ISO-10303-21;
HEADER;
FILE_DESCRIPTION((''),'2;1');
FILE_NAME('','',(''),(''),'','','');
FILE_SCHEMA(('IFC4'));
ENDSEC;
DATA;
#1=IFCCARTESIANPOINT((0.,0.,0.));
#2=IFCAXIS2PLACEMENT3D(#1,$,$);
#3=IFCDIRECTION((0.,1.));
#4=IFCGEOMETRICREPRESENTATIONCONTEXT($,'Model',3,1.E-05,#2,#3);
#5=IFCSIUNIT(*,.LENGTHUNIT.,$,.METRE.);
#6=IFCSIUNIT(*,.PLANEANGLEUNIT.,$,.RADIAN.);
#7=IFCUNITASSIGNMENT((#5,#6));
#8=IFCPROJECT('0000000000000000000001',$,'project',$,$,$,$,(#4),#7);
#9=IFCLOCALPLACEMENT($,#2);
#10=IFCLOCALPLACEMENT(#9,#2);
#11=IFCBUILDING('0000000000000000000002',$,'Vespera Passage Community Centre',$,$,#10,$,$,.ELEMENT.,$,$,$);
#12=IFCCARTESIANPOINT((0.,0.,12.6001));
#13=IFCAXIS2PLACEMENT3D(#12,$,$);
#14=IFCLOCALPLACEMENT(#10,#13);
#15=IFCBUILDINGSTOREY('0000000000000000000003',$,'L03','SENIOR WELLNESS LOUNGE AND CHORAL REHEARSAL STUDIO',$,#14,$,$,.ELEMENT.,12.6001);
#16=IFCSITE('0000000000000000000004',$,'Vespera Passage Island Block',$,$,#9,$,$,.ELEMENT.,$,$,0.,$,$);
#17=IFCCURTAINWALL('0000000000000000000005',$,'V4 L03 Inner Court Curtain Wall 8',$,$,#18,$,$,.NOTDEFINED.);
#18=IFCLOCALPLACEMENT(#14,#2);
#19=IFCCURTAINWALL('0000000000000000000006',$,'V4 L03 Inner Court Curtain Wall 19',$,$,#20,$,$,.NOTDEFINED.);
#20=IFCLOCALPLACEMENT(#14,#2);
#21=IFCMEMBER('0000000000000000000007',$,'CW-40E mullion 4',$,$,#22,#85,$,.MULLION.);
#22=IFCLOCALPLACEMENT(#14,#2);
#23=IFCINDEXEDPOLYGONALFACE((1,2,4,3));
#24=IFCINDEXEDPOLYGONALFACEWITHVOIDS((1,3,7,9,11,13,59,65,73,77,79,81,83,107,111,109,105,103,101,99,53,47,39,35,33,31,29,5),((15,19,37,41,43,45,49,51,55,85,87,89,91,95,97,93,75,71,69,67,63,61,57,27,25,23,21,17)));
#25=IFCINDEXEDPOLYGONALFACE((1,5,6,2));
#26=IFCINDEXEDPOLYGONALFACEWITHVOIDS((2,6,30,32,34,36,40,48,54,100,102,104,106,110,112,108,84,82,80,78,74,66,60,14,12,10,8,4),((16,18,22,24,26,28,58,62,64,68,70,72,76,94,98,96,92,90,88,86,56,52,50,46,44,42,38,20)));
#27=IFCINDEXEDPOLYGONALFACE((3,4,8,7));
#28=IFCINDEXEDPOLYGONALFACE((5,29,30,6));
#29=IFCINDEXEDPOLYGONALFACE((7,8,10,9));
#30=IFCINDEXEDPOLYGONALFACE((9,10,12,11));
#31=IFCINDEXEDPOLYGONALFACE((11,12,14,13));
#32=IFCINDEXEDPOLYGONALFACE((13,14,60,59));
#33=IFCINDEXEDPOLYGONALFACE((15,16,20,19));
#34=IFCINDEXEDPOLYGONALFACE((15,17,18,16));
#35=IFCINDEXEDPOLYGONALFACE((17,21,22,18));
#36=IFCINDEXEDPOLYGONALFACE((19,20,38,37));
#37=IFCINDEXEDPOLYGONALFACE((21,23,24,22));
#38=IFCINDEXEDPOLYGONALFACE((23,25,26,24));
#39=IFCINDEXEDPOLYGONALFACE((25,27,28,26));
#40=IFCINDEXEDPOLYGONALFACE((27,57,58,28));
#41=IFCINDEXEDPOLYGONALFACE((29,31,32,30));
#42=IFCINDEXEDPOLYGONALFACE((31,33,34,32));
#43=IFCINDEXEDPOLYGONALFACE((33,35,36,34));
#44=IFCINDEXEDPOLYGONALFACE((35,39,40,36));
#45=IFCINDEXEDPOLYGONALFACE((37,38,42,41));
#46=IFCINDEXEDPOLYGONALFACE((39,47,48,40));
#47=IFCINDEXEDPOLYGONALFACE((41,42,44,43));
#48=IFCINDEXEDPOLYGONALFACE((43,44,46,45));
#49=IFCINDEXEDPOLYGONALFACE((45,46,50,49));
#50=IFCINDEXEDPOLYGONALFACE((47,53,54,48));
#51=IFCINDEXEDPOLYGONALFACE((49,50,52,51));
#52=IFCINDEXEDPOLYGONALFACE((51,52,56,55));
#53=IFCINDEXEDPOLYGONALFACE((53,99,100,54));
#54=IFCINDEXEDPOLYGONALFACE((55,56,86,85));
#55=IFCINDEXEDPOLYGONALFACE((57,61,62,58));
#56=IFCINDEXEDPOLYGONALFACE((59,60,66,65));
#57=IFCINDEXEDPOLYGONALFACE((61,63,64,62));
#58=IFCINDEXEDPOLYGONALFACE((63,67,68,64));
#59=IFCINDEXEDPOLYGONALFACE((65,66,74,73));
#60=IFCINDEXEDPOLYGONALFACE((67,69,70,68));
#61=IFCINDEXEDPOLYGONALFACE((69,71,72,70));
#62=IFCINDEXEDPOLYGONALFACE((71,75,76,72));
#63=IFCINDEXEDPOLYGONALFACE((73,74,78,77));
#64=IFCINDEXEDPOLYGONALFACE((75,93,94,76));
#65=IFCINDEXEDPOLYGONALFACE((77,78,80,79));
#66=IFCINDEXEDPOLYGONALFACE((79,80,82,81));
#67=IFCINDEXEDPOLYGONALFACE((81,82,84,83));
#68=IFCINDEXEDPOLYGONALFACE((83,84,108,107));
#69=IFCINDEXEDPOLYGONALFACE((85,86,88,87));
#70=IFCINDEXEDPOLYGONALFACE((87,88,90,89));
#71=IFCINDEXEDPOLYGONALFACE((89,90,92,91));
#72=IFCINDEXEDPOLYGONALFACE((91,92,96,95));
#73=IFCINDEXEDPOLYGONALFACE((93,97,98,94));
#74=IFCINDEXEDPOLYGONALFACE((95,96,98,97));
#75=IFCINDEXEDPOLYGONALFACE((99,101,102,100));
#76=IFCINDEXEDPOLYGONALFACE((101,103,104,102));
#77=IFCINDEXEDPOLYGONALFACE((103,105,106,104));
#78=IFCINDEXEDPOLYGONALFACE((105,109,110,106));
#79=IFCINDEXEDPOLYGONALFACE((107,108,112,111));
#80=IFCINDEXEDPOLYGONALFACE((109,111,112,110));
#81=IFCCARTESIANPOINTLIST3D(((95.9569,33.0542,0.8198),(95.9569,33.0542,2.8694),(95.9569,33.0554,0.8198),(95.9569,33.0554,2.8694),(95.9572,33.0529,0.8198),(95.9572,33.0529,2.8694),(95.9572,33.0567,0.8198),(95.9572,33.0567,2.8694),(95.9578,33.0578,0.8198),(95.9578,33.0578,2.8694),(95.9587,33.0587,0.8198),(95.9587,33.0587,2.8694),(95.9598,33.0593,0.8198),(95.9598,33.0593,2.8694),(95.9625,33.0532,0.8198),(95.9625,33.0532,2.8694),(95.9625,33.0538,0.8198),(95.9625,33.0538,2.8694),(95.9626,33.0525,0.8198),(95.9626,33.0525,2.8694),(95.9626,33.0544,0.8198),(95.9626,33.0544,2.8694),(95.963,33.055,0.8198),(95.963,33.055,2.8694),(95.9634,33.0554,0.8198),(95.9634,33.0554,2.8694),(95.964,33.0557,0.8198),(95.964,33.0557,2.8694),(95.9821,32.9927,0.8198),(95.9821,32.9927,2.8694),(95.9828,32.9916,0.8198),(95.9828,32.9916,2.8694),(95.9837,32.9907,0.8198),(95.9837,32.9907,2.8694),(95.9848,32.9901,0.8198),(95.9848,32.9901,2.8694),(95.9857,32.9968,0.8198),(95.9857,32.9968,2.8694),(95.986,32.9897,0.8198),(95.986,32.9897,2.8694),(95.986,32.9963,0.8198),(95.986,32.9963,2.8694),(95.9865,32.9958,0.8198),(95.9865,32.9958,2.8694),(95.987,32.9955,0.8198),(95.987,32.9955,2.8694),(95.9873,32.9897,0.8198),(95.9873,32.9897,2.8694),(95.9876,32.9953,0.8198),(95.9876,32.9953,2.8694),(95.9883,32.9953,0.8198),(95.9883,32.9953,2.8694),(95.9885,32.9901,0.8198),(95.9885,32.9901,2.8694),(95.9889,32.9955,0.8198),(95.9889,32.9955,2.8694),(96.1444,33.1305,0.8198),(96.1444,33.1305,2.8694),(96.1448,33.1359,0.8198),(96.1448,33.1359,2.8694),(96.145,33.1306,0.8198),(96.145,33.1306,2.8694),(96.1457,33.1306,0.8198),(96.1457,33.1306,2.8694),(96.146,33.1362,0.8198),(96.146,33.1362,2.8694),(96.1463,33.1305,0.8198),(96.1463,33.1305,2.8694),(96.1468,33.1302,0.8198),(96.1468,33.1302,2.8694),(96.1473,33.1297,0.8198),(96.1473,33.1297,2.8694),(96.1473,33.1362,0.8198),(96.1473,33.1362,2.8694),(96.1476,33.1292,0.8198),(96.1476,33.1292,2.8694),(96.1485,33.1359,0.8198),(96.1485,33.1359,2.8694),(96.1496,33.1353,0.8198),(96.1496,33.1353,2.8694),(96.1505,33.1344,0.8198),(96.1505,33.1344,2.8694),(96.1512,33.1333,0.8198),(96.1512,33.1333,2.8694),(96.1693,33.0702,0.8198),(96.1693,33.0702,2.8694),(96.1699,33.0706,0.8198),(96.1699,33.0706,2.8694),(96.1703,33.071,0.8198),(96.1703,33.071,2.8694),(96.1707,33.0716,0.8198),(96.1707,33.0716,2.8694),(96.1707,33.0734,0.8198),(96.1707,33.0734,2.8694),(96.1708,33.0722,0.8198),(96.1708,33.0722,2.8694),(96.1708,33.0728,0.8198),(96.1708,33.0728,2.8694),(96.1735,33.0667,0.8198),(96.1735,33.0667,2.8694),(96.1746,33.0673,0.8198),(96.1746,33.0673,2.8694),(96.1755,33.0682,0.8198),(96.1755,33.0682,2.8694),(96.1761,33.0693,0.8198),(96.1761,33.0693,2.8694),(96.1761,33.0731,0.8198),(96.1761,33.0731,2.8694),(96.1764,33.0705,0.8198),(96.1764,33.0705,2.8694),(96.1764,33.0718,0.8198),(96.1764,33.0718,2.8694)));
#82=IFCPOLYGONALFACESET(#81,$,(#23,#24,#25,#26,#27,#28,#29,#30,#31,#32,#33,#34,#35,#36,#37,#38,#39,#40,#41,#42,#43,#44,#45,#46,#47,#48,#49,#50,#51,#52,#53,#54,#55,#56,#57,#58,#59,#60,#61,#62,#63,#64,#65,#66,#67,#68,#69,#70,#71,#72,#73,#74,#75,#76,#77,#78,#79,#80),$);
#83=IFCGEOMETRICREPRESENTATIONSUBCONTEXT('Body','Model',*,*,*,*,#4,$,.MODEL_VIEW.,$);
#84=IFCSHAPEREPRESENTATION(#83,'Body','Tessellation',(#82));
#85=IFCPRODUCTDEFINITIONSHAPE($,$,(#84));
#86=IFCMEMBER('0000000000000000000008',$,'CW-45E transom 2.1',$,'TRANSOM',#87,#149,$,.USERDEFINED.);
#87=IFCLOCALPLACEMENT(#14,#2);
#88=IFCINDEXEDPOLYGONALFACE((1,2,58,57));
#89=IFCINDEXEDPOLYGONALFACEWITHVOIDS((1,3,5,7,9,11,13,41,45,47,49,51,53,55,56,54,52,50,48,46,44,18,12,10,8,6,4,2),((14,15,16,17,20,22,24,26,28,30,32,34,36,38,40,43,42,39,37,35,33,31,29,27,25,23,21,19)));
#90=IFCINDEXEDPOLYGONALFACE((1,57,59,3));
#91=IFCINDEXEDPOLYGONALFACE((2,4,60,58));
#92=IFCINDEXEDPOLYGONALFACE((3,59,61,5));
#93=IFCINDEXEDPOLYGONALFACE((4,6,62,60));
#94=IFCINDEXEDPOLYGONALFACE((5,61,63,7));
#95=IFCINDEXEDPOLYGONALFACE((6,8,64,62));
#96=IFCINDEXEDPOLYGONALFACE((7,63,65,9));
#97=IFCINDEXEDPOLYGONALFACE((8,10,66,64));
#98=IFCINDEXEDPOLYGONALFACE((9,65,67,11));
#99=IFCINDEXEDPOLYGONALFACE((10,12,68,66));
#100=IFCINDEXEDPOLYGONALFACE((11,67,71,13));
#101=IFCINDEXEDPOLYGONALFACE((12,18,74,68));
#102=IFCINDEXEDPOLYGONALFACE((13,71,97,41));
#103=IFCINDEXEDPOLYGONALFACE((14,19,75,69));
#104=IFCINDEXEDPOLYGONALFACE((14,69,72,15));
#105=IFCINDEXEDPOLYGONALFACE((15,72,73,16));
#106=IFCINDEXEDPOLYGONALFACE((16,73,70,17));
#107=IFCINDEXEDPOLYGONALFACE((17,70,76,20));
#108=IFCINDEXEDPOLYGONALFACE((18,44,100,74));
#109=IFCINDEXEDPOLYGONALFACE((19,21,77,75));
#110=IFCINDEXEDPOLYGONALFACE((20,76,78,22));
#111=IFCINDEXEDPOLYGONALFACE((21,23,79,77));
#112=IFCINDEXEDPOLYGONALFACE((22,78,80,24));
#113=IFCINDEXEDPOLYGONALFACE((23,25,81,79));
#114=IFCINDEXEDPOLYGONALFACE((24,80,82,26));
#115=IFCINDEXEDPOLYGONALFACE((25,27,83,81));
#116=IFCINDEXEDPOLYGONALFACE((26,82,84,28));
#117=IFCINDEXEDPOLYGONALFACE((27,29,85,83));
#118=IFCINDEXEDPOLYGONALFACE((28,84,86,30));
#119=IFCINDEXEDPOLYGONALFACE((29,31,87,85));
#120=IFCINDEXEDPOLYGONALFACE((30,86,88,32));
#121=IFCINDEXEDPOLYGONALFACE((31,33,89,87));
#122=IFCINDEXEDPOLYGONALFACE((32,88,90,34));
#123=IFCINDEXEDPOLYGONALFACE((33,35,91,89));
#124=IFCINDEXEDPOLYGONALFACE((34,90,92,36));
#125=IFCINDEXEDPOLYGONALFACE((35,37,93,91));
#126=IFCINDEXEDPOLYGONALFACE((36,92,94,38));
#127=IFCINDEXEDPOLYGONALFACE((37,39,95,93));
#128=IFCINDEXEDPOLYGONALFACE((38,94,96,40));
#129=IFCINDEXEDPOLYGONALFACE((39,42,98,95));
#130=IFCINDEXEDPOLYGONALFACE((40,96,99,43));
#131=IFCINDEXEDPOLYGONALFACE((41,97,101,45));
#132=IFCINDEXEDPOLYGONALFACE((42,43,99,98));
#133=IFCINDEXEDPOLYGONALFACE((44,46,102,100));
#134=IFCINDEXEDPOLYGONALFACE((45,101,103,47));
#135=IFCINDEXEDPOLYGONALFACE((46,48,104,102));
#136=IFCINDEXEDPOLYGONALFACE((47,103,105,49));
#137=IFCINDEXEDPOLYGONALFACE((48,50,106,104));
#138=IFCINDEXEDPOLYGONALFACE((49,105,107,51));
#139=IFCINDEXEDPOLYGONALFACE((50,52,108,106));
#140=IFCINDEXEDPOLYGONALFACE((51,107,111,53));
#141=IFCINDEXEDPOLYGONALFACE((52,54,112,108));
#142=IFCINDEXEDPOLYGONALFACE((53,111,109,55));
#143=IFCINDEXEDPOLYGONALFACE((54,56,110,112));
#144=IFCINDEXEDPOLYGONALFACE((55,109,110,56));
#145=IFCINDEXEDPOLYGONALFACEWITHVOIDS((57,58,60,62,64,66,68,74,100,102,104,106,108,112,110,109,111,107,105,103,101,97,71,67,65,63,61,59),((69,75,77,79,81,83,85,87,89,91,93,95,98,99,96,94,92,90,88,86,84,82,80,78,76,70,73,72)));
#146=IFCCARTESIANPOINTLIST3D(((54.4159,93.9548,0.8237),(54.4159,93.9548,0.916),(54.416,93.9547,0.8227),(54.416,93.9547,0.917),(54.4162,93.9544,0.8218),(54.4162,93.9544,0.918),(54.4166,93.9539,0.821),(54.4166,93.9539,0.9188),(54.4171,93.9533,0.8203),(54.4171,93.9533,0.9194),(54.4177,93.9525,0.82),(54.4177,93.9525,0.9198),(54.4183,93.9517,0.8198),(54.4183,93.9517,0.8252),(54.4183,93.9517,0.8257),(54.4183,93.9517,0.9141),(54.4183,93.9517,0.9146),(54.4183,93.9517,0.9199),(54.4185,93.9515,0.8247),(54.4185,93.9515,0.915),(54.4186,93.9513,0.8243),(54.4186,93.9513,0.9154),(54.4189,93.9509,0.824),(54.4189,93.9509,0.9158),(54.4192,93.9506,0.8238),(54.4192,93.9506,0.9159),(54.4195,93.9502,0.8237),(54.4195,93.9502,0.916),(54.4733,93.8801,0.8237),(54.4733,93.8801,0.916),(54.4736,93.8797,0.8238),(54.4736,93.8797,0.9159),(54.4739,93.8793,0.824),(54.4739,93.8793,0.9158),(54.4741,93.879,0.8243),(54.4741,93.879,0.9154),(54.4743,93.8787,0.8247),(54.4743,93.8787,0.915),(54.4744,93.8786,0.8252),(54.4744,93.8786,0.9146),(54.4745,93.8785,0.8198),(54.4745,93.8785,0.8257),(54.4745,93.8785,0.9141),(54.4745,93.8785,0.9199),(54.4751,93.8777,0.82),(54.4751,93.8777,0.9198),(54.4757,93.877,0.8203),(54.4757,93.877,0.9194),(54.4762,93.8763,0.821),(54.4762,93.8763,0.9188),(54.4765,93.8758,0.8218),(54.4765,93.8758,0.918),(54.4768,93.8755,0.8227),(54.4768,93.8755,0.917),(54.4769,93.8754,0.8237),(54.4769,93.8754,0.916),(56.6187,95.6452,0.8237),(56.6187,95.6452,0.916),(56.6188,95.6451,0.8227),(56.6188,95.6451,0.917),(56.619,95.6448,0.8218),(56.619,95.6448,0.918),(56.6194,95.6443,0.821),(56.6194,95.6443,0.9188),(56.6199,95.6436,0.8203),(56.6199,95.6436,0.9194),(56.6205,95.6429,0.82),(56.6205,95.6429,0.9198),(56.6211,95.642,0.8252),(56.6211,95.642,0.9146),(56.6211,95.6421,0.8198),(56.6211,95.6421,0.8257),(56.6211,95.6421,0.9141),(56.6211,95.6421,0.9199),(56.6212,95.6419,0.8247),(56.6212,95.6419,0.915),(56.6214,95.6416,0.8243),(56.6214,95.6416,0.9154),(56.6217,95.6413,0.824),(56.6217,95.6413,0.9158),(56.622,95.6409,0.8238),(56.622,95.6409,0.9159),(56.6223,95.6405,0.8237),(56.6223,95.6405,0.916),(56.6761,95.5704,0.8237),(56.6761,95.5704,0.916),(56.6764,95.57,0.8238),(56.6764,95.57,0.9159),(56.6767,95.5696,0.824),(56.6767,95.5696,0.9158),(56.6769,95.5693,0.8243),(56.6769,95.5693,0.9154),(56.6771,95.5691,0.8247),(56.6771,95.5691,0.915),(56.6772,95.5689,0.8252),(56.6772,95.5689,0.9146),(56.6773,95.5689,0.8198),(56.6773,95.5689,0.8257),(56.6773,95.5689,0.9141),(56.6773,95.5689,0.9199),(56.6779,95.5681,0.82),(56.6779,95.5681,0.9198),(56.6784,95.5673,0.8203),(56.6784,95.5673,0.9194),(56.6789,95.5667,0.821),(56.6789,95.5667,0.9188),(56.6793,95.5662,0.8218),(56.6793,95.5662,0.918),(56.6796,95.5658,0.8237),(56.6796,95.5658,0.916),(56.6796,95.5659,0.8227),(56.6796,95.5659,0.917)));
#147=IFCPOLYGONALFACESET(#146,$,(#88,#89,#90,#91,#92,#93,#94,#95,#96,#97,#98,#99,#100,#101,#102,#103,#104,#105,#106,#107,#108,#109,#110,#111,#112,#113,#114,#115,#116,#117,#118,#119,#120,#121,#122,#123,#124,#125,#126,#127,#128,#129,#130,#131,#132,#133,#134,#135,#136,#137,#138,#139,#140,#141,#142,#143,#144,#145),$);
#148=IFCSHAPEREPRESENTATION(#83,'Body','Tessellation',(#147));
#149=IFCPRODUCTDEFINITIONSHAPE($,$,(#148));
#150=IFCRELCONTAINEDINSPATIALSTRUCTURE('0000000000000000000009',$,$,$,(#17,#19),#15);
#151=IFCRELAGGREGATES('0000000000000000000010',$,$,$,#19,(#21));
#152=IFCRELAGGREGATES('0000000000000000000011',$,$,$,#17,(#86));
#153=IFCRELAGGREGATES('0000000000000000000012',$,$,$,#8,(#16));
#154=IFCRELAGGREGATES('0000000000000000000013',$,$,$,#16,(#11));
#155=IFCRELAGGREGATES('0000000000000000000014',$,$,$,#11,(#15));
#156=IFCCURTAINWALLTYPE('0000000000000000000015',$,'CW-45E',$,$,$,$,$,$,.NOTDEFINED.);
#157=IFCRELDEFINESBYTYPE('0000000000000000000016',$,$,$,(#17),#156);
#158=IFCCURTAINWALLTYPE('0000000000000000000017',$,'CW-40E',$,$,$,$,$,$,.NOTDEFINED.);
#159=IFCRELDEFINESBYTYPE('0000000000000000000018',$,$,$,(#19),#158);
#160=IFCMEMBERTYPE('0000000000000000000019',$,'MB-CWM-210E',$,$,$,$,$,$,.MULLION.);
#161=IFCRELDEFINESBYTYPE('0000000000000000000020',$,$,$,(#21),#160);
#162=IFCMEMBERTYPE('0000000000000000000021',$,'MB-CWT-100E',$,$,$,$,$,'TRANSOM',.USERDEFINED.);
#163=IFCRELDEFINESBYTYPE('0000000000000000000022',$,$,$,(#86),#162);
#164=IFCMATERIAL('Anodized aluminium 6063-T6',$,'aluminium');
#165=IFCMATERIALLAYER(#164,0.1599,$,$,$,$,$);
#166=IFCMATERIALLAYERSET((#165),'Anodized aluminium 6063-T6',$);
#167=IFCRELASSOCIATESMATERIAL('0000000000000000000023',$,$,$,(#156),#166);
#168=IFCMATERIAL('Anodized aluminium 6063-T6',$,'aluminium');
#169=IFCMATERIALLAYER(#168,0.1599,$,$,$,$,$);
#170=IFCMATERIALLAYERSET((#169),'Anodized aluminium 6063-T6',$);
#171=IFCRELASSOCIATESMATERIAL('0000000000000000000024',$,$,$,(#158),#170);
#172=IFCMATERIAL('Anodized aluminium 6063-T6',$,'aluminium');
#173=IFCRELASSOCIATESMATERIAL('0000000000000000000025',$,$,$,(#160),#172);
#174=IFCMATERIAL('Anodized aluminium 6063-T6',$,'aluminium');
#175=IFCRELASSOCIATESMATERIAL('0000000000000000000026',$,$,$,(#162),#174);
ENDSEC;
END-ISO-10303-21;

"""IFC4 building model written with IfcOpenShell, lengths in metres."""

from ifc_helpers import new_model, si_unit, direction, frame, origin, origin_2d, place, context, subcontext, project, spatial, hollow_rectangle, extrude, material, layer, layer_set, material_profile, profile_set, type_object, element, aggregate, save


model = new_model("IFC4")

# Units and contexts
model_context = context("Model", 3, precision=1e-05, world=origin(), true_north=direction((0.0, 1.0)))
body_context = subcontext(model_context, "Body", "Model", "MODEL_VIEW")
ifc_project = project(units=[si_unit("LENGTHUNIT", "METRE"), si_unit("PLANEANGLEUNIT", "RADIAN")], contexts=[model_context])

# Site, building, storey
site_placement = place(None, origin())
site = spatial("IfcSite", under=ifc_project, at=site_placement, Name="Vespera Passage Island Block", CompositionType="ELEMENT", RefElevation=0.0)
building_placement = place(site_placement, origin())
building = spatial("IfcBuilding", under=site, at=building_placement, Name="Vespera Passage Community Centre", CompositionType="ELEMENT")
storey_placement = place(building_placement, frame((0.0, 0.0, 12.6001)))
storey = spatial("IfcBuildingStorey", under=building, at=storey_placement, Name="L03", Description="SENIOR WELLNESS LOUNGE AND CHORAL REHEARSAL STUDIO", CompositionType="ELEMENT", Elevation=12.6001)

# Curtain wall
ifc_material_1 = material(Name="Anodized aluminium 6063-T6", Category="aluminium")
ifc_layer_1 = layer(ifc_material_1, 0.1599)
ifc_layer_set_1 = layer_set([ifc_layer_1], Name="Anodized aluminium 6063-T6")
curtain_wall_type_1 = type_object("IfcCurtainWallType", Name="CW-45E", PredefinedType="NOTDEFINED", material=ifc_layer_set_1)
curtain_wall_1_placement = place(storey_placement, origin())
curtain_wall_1 = element("IfcCurtainWall", 1, at=curtain_wall_1_placement, inside=storey, type_object=curtain_wall_type_1, Name="V4 L03 Inner Court Curtain Wall 8", PredefinedType="NOTDEFINED")

# Curtain wall, member
ifc_material_2 = material(Name="Anodized aluminium 6063-T6", Category="aluminium")
ifc_layer_2 = layer(ifc_material_2, 0.1599)
ifc_layer_set_2 = layer_set([ifc_layer_2], Name="Anodized aluminium 6063-T6")
curtain_wall_type_2 = type_object("IfcCurtainWallType", Name="CW-40E", PredefinedType="NOTDEFINED", material=ifc_layer_set_2)
ifc_material_3 = material(Name="Anodized aluminium 6063-T6", Category="aluminium")
ifc_material_profile_1 = material_profile(ifc_material_3, hollow_rectangle(XDim=0.075, YDim=0.21, WallThickness=0.0049, InnerFilletRadius=0.0024, OuterFilletRadius=0.0049, at=origin_2d()), Name="ALU210X75X5")
ifc_profile_set_1 = profile_set([ifc_material_profile_1], Name="Anodized aluminium 6063-T6")
member_type_1 = type_object("IfcMemberType", Name="MB-CWM-210E", PredefinedType="MULLION", material=ifc_profile_set_1)
curtain_wall_2_placement = place(storey_placement, origin())
curtain_wall_2 = element("IfcCurtainWall", 2, at=curtain_wall_2_placement, inside=storey, type_object=curtain_wall_type_2, Name="V4 L03 Inner Court Curtain Wall 19", PredefinedType="NOTDEFINED")
member_1_placement = place(storey_placement, frame((96.0667, 33.063, 0.8198), z_axis=(0.0, 0.0, 1.0), x_axis=(-0.38269, 0.923877, 0.0)))
member_1 = element("IfcMember", 3, at=member_1_placement, type_object=member_type_1, Name="CW-40E mullion 4", PredefinedType="MULLION", context=body_context, shape_type="SweptSolid", body=[
    extrude(hollow_rectangle(XDim=0.075, YDim=0.21, WallThickness=0.0049, InnerFilletRadius=0.0024, OuterFilletRadius=0.0049, at=origin_2d()), origin(), (0.0, 0.0, 1.0), 2.0496),
])
aggregate(curtain_wall_2, [member_1])

# Member
ifc_material_4 = material(Name="Anodized aluminium 6063-T6", Category="aluminium")
ifc_material_profile_2 = material_profile(ifc_material_4, hollow_rectangle(XDim=0.1001, YDim=0.1001, WallThickness=0.0039, InnerFilletRadius=0.002, OuterFilletRadius=0.0039, at=origin_2d()), Name="ALU100X100X4")
ifc_profile_set_2 = profile_set([ifc_material_profile_2], Name="Anodized aluminium 6063-T6")
member_type_2 = type_object("IfcMemberType", Name="MB-CWT-100E", ElementType="TRANSOM", PredefinedType="USERDEFINED", material=ifc_profile_set_2)
member_2_placement = place(storey_placement, frame((56.6492, 95.6055, 0.8699), z_axis=(-0.793336, -0.608784, 0.0), x_axis=(0.608784, -0.793336, 0.0)))
member_2 = element("IfcMember", 4, at=member_2_placement, type_object=member_type_2, Name="CW-45E transom 2.1", ObjectType="TRANSOM", PredefinedType="USERDEFINED", context=body_context, shape_type="SweptSolid", body=[
    extrude(hollow_rectangle(XDim=0.1001, YDim=0.1001, WallThickness=0.0039, InnerFilletRadius=0.002, OuterFilletRadius=0.0039, at=origin_2d()), origin(), (0.0, 0.0, 1.0), 2.7766),
])

aggregate(curtain_wall_1, [member_2])

save(model, "model.ifc")
